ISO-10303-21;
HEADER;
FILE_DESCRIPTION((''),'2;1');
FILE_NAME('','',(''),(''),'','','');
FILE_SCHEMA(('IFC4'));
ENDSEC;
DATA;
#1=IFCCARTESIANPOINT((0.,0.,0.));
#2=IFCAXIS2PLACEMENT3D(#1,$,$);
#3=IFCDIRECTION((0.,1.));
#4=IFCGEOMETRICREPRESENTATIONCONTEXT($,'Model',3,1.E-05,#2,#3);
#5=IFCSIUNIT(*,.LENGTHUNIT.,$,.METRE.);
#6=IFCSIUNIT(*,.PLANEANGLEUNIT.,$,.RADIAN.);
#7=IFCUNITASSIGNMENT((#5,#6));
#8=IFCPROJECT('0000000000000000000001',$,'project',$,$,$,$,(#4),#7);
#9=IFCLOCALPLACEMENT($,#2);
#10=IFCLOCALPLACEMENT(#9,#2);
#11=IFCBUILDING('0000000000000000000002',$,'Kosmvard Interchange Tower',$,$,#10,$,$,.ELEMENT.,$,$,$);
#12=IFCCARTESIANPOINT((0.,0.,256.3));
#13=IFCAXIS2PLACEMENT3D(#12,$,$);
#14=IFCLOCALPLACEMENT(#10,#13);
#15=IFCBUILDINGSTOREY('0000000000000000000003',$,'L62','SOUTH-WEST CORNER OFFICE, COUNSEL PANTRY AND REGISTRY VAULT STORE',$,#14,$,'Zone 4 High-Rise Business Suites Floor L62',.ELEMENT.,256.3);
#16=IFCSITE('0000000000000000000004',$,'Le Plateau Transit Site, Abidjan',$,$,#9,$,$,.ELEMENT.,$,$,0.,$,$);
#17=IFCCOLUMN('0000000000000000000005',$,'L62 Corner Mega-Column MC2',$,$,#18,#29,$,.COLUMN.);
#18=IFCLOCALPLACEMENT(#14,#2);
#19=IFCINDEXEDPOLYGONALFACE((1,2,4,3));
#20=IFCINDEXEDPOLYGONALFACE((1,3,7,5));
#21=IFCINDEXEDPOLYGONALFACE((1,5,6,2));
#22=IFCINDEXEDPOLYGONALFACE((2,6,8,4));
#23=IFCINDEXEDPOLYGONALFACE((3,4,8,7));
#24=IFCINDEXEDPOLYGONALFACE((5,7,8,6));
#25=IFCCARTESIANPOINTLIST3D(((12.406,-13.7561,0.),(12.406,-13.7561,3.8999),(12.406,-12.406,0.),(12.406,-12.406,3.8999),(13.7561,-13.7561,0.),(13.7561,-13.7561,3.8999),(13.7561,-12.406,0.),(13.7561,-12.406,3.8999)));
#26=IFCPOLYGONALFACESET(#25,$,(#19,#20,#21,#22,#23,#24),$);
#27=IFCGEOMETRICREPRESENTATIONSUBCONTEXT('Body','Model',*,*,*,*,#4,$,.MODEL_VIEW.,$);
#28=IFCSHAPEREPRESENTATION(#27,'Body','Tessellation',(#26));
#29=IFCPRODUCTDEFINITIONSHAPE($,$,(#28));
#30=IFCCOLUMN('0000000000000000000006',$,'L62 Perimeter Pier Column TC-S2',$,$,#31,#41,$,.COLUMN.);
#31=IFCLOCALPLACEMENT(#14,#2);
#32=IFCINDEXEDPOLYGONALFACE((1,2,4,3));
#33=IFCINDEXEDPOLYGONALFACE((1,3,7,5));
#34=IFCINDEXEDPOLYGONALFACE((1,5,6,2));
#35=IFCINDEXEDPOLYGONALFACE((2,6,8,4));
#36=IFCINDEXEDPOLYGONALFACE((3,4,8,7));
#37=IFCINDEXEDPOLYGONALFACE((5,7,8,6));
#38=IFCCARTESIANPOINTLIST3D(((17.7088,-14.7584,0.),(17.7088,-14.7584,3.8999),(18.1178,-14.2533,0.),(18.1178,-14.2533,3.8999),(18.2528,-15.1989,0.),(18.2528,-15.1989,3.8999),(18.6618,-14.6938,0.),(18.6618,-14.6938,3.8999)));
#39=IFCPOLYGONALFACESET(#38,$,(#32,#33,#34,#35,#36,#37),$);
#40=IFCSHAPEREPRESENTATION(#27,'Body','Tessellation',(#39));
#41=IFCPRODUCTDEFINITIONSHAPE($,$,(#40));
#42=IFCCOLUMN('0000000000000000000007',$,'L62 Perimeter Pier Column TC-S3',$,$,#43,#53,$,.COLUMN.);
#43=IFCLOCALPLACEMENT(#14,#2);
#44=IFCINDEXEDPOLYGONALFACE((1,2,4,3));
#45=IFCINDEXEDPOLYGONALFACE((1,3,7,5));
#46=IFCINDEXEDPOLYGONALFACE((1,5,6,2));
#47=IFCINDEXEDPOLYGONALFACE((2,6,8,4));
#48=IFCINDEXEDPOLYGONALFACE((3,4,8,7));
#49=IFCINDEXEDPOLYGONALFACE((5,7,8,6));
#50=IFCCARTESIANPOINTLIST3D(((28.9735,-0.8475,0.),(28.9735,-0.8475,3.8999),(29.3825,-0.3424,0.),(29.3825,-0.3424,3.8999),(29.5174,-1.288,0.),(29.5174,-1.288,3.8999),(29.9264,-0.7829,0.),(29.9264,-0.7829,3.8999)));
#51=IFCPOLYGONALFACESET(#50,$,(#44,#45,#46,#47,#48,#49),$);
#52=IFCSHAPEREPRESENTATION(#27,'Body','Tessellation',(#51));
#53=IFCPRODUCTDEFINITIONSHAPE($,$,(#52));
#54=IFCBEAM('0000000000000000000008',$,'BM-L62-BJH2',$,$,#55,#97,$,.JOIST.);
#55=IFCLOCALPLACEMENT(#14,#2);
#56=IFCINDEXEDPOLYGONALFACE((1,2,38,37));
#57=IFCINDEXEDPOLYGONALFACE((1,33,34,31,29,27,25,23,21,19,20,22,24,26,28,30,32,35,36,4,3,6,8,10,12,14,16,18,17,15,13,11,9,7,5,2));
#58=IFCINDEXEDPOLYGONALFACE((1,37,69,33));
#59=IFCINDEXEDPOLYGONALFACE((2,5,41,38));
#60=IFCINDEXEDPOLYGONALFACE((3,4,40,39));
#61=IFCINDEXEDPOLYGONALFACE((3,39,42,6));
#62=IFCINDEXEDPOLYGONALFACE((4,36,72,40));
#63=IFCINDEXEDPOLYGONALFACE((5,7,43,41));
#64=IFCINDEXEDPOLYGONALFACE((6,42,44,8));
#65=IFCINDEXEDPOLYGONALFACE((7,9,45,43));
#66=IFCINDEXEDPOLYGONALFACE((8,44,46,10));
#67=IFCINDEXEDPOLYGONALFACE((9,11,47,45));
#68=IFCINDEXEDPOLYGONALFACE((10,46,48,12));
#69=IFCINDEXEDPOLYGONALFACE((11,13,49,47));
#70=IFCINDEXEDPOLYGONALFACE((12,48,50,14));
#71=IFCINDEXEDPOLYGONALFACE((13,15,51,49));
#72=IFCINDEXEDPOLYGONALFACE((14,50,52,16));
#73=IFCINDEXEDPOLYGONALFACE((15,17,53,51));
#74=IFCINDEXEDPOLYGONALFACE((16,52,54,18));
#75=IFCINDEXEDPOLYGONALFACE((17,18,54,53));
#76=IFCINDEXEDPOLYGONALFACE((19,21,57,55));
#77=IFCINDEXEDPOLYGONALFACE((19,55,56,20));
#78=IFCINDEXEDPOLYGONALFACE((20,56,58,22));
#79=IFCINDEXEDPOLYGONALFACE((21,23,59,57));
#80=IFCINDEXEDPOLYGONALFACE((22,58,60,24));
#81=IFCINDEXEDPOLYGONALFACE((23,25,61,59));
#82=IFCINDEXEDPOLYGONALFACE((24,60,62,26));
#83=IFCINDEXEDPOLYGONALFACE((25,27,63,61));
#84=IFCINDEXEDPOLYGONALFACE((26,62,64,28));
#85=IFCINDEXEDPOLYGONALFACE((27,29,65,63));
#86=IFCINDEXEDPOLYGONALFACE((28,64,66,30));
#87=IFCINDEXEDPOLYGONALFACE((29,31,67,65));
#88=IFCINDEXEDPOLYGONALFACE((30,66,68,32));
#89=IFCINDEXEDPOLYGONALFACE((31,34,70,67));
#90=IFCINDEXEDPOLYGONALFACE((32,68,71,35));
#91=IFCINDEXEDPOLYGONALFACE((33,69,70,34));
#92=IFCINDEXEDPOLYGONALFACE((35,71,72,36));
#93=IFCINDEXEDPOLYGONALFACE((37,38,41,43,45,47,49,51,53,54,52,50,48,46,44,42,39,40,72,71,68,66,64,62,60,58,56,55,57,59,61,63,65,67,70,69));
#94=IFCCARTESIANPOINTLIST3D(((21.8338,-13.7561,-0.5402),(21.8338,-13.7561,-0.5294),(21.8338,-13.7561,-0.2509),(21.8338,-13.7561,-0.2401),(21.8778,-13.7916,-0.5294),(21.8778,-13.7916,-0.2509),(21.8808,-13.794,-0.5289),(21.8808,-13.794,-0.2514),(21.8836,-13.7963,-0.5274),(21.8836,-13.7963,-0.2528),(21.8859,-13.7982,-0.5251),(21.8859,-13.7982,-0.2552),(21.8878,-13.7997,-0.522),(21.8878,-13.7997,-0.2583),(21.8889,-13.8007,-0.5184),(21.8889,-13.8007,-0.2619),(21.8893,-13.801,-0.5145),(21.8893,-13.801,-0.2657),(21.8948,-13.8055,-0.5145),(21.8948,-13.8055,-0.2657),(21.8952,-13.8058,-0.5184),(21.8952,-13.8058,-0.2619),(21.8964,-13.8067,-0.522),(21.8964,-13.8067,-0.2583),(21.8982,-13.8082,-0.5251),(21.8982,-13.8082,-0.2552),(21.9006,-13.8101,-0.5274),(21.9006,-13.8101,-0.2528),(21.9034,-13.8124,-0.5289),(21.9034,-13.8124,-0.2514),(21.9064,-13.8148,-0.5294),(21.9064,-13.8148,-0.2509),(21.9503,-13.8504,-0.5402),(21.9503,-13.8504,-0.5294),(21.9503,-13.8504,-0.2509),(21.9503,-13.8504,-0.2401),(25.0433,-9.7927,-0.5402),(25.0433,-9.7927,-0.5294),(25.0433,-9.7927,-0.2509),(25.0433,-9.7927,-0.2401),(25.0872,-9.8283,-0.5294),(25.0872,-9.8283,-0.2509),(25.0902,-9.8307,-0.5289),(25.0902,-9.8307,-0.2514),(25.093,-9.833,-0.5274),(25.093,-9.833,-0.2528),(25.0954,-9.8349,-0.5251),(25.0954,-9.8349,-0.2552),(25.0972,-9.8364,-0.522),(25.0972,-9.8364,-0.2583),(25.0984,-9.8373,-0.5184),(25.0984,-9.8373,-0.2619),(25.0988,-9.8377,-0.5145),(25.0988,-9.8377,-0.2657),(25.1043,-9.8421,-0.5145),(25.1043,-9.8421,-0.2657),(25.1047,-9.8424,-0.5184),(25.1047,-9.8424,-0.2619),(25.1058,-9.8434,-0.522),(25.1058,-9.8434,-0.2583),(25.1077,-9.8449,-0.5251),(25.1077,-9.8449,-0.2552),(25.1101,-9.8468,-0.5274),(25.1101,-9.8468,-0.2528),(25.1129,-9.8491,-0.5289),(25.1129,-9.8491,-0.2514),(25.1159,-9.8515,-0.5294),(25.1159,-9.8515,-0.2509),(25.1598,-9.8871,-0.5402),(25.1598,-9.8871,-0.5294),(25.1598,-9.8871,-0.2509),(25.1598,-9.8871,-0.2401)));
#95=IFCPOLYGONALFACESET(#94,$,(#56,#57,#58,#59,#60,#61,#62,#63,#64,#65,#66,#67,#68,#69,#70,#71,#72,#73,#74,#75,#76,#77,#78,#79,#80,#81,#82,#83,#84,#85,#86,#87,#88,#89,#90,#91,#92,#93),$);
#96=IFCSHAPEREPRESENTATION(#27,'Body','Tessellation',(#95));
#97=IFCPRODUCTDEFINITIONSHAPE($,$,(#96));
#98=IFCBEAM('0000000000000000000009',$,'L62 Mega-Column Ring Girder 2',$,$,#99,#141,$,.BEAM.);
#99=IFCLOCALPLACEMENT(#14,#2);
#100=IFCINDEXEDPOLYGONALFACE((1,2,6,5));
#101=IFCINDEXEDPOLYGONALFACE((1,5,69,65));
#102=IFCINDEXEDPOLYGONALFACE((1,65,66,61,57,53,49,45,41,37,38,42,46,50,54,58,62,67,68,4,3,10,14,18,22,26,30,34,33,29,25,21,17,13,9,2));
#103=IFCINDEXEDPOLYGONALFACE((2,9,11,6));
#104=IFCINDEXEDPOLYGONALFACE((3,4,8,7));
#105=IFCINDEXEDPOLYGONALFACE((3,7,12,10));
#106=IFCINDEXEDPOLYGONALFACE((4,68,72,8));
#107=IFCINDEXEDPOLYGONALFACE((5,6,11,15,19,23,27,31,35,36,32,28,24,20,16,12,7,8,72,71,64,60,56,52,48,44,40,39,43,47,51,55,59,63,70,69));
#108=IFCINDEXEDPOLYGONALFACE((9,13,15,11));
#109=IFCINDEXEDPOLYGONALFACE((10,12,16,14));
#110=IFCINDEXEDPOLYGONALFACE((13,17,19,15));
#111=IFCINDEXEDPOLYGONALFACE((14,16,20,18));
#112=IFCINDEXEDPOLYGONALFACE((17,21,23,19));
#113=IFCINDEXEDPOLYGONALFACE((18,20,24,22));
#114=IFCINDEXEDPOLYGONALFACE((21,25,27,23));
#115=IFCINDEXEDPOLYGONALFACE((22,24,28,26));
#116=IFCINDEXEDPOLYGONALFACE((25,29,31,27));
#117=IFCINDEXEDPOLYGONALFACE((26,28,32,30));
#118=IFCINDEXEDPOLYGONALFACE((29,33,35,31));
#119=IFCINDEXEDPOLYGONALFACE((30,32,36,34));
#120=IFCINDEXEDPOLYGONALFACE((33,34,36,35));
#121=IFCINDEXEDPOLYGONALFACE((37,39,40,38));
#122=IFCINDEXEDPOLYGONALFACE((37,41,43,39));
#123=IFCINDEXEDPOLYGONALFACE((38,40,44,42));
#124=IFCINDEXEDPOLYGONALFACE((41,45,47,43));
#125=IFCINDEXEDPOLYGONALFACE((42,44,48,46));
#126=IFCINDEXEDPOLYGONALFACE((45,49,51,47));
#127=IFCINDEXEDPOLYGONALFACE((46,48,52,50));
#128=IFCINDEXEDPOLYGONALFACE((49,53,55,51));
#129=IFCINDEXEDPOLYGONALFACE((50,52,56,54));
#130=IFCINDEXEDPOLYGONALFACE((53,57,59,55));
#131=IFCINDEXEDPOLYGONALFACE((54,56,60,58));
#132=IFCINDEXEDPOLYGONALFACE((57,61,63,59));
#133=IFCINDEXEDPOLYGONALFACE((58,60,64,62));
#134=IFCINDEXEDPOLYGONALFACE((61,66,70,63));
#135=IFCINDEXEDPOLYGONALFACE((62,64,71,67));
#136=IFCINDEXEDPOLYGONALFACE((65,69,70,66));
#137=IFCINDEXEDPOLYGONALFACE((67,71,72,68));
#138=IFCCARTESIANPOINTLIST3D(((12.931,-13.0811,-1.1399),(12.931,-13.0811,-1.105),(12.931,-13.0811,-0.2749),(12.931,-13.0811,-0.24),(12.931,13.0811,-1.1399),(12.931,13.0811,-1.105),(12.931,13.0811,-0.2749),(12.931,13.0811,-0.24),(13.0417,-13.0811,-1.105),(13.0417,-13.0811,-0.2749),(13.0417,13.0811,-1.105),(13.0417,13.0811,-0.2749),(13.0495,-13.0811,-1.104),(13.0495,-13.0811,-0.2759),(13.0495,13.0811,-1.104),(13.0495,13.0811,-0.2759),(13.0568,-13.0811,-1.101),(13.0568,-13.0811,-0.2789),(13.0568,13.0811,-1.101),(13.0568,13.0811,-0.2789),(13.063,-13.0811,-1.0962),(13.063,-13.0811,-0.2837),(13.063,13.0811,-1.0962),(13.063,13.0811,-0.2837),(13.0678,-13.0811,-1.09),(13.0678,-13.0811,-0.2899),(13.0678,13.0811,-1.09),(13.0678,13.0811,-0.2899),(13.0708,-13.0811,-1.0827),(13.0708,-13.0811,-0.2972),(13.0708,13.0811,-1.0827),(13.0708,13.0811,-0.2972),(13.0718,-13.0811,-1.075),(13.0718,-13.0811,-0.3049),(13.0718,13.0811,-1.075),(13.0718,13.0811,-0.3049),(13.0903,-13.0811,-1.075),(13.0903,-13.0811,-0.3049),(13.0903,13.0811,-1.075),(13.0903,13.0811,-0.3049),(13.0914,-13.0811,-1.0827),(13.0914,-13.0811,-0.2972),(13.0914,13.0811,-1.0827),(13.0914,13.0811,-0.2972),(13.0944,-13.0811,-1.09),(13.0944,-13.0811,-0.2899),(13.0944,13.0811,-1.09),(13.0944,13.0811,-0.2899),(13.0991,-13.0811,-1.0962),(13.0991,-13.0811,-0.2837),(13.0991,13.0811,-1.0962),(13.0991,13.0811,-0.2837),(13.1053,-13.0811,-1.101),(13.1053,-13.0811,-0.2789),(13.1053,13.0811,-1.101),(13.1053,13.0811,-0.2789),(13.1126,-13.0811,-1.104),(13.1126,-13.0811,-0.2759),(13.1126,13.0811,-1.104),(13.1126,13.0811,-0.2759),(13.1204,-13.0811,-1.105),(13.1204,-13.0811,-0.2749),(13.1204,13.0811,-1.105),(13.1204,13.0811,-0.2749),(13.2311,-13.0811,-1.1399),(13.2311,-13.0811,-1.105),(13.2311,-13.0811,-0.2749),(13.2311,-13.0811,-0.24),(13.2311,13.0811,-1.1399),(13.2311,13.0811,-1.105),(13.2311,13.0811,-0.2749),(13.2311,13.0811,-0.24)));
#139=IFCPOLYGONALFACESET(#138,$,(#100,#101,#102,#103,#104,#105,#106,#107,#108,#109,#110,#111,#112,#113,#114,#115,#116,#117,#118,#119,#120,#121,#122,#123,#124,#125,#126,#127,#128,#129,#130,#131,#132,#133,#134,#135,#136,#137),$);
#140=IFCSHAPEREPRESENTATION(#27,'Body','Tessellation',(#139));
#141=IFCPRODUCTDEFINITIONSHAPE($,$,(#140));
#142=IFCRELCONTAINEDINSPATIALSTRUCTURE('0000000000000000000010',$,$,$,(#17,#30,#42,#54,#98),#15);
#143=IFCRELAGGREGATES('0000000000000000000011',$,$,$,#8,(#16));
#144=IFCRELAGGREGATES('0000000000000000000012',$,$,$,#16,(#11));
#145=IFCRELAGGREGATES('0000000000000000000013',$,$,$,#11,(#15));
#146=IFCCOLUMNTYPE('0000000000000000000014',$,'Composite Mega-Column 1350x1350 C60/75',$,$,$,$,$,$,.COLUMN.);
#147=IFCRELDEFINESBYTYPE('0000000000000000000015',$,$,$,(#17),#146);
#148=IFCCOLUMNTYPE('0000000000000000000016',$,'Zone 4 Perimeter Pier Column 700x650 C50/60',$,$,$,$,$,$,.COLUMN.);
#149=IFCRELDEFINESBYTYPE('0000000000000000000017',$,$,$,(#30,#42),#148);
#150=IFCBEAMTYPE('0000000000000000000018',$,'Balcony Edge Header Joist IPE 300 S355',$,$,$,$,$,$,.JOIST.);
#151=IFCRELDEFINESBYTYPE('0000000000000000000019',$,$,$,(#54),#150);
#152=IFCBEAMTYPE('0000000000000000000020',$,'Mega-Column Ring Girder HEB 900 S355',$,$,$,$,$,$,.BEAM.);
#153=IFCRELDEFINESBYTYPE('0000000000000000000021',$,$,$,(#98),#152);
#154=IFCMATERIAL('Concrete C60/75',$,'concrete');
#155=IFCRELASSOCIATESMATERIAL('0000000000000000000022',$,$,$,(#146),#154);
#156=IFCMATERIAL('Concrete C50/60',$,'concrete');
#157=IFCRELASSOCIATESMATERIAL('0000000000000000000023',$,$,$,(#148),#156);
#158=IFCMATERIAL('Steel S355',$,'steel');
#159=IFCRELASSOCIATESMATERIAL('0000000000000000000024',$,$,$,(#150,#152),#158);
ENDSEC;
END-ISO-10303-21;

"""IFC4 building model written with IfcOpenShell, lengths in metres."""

from ifc_helpers import new_model, si_unit, direction, frame, origin, origin_2d, place, context, subcontext, project, spatial, rectangle, i_section, extrude, source, transform, mapped, material, material_profile, profile_set, type_object, element, save


model = new_model("IFC4")

# Units and contexts
model_context = context("Model", 3, precision=1e-05, world=origin(), true_north=direction((0.0, 1.0)))
body_context = subcontext(model_context, "Body", "Model", "MODEL_VIEW")
ifc_project = project(units=[si_unit("LENGTHUNIT", "METRE"), si_unit("PLANEANGLEUNIT", "RADIAN")], contexts=[model_context])

# Site, building, storey
site_placement = place(None, origin())
site = spatial("IfcSite", under=ifc_project, at=site_placement, Name="Le Plateau Transit Site, Abidjan", CompositionType="ELEMENT", RefElevation=0.0)
building_placement = place(site_placement, origin())
building = spatial("IfcBuilding", under=site, at=building_placement, Name="Kosmvard Interchange Tower", CompositionType="ELEMENT")
storey_placement = place(building_placement, frame((0.0, 0.0, 256.3)))
storey = spatial("IfcBuildingStorey", under=building, at=storey_placement, Name="L62", Description="SOUTH-WEST CORNER OFFICE, COUNSEL PANTRY AND REGISTRY VAULT STORE", LongName="Zone 4 High-Rise Business Suites Floor L62", CompositionType="ELEMENT", Elevation=256.3)

# Columns
ifc_material_1 = material(Name="Concrete C60/75", Category="concrete")
ifc_material_profile_1 = material_profile(ifc_material_1, rectangle(XDim=1.3501, YDim=1.3501, at=origin_2d()), Name="MC 1350x1350")
ifc_profile_set_1 = profile_set([ifc_material_profile_1], Name="Concrete C60/75")
column_type_1 = type_object("IfcColumnType", Name="Composite Mega-Column 1350x1350 C60/75", PredefinedType="COLUMN", material=ifc_profile_set_1)
shared_shape_1 = source(origin(), body_context, "Body", "SweptSolid", [
    extrude(rectangle(XDim=1.3501, YDim=1.3501, at=origin_2d()), origin(), (0.0, 0.0, 1.0), 3.8999),
])
column_placement = place(storey_placement, frame((13.0811, -13.0811, 0.0), z_axis=(0.0, 0.0, 1.0), x_axis=(1.0, 0.0, 0.0)))
element("IfcColumn", 1, at=column_placement, inside=storey, type_object=column_type_1, Name="L62 Corner Mega-Column MC2", PredefinedType="COLUMN", context=body_context, shape_type="MappedRepresentation", body=[
    mapped(shared_shape_1, transform((0.0, 0.0, 0.0), scale=1.0)),
])
ifc_material_2 = material(Name="Concrete C50/60", Category="concrete")
ifc_material_profile_2 = material_profile(ifc_material_2, rectangle(XDim=0.6499, YDim=0.7, at=origin_2d()), Name="TC 700x650")
ifc_profile_set_2 = profile_set([ifc_material_profile_2], Name="Concrete C50/60")
column_type_2 = type_object("IfcColumnType", Name="Zone 4 Perimeter Pier Column 700x650 C50/60", PredefinedType="COLUMN", material=ifc_profile_set_2)
shared_shape_2 = source(origin(), body_context, "Body", "SweptSolid", [
    extrude(rectangle(XDim=0.6499, YDim=0.7, at=origin_2d()), origin(), (0.0, 0.0, 1.0), 3.8999),
])
for number, where, z_axis, x_axis, name in (
    (2, (18.1853, -14.7261, 0.0), (0.0, 0.0, 1.0), (0.62932, 0.777146, 0.0), "L62 Perimeter Pier Column TC-S2"),
    (3, (29.45, -0.8152, 0.0), (0.0, 0.0, 1.0), (0.62932, 0.777146, 0.0), "L62 Perimeter Pier Column TC-S3"),
):
    element("IfcColumn", number, at=place(storey_placement, frame(where, z_axis=z_axis, x_axis=x_axis)), inside=storey, type_object=column_type_2, Name=name, PredefinedType="COLUMN", context=body_context, shape_type="MappedRepresentation", body=[
        mapped(shared_shape_2, transform((0.0, 0.0, 0.0), scale=1.0)),
    ])

# Beams
ifc_material_3 = material(Name="Steel S355", Category="steel")
ifc_material_profile_3 = material_profile(ifc_material_3, i_section(OverallWidth=0.1499, OverallDepth=0.3, WebThickness=0.0071, FlangeThickness=0.0107, FilletRadius=0.0149, at=origin_2d()), Name="IPE 300")
ifc_profile_set_3 = profile_set([ifc_material_profile_3], Name="Steel S355")
beam_type_1 = type_object("IfcBeamType", Name="Balcony Edge Header Joist IPE 300 S355", PredefinedType="JOIST", material=ifc_profile_set_3)
shared_shape_3 = source(origin(), body_context, "Body", "SweptSolid", [
    extrude(i_section(OverallWidth=0.1499, OverallDepth=0.3, WebThickness=0.0071, FlangeThickness=0.0107, FilletRadius=0.0149, at=origin_2d()), origin(), (0.0, 0.0, 1.0), 5.0999),
])
beam_1_placement = place(storey_placement, frame((21.8921, -13.8032, -0.3901), z_axis=(0.629319, 0.777147, 0.0), x_axis=(-0.777147, 0.629319, 0.0)))
element("IfcBeam", 4, at=beam_1_placement, inside=storey, type_object=beam_type_1, Name="BM-L62-BJH2", PredefinedType="JOIST", context=body_context, shape_type="MappedRepresentation", body=[
    mapped(shared_shape_3, transform((0.0, 0.0, 0.0), scale=1.0)),
])
ifc_material_profile_4 = material_profile(ifc_material_3, i_section(OverallWidth=0.3, OverallDepth=0.8999, WebThickness=0.0186, FlangeThickness=0.0349, FilletRadius=0.03, at=origin_2d()), Name="HEB 900")
ifc_profile_set_4 = profile_set([ifc_material_profile_4], Name="Steel S355")
beam_type_2 = type_object("IfcBeamType", Name="Mega-Column Ring Girder HEB 900 S355", PredefinedType="BEAM", material=ifc_profile_set_4)
shared_shape_4 = source(origin(), body_context, "Body", "SweptSolid", [
    extrude(i_section(OverallWidth=0.3, OverallDepth=0.8999, WebThickness=0.0186, FlangeThickness=0.0349, FilletRadius=0.03, at=origin_2d()), origin(), (0.0, 0.0, 1.0), 26.1621),
])
beam_2_placement = place(storey_placement, frame((13.0811, -13.0811, -0.6899), z_axis=(0.0, 1.0, 0.0), x_axis=(-1.0, 0.0, 0.0)))
element("IfcBeam", 5, at=beam_2_placement, inside=storey, type_object=beam_type_2, Name="L62 Mega-Column Ring Girder 2", PredefinedType="BEAM", context=body_context, shape_type="MappedRepresentation", body=[
    mapped(shared_shape_4, transform((0.0, 0.0, 0.0), scale=1.0)),
])

save(model, "model.ifc")
